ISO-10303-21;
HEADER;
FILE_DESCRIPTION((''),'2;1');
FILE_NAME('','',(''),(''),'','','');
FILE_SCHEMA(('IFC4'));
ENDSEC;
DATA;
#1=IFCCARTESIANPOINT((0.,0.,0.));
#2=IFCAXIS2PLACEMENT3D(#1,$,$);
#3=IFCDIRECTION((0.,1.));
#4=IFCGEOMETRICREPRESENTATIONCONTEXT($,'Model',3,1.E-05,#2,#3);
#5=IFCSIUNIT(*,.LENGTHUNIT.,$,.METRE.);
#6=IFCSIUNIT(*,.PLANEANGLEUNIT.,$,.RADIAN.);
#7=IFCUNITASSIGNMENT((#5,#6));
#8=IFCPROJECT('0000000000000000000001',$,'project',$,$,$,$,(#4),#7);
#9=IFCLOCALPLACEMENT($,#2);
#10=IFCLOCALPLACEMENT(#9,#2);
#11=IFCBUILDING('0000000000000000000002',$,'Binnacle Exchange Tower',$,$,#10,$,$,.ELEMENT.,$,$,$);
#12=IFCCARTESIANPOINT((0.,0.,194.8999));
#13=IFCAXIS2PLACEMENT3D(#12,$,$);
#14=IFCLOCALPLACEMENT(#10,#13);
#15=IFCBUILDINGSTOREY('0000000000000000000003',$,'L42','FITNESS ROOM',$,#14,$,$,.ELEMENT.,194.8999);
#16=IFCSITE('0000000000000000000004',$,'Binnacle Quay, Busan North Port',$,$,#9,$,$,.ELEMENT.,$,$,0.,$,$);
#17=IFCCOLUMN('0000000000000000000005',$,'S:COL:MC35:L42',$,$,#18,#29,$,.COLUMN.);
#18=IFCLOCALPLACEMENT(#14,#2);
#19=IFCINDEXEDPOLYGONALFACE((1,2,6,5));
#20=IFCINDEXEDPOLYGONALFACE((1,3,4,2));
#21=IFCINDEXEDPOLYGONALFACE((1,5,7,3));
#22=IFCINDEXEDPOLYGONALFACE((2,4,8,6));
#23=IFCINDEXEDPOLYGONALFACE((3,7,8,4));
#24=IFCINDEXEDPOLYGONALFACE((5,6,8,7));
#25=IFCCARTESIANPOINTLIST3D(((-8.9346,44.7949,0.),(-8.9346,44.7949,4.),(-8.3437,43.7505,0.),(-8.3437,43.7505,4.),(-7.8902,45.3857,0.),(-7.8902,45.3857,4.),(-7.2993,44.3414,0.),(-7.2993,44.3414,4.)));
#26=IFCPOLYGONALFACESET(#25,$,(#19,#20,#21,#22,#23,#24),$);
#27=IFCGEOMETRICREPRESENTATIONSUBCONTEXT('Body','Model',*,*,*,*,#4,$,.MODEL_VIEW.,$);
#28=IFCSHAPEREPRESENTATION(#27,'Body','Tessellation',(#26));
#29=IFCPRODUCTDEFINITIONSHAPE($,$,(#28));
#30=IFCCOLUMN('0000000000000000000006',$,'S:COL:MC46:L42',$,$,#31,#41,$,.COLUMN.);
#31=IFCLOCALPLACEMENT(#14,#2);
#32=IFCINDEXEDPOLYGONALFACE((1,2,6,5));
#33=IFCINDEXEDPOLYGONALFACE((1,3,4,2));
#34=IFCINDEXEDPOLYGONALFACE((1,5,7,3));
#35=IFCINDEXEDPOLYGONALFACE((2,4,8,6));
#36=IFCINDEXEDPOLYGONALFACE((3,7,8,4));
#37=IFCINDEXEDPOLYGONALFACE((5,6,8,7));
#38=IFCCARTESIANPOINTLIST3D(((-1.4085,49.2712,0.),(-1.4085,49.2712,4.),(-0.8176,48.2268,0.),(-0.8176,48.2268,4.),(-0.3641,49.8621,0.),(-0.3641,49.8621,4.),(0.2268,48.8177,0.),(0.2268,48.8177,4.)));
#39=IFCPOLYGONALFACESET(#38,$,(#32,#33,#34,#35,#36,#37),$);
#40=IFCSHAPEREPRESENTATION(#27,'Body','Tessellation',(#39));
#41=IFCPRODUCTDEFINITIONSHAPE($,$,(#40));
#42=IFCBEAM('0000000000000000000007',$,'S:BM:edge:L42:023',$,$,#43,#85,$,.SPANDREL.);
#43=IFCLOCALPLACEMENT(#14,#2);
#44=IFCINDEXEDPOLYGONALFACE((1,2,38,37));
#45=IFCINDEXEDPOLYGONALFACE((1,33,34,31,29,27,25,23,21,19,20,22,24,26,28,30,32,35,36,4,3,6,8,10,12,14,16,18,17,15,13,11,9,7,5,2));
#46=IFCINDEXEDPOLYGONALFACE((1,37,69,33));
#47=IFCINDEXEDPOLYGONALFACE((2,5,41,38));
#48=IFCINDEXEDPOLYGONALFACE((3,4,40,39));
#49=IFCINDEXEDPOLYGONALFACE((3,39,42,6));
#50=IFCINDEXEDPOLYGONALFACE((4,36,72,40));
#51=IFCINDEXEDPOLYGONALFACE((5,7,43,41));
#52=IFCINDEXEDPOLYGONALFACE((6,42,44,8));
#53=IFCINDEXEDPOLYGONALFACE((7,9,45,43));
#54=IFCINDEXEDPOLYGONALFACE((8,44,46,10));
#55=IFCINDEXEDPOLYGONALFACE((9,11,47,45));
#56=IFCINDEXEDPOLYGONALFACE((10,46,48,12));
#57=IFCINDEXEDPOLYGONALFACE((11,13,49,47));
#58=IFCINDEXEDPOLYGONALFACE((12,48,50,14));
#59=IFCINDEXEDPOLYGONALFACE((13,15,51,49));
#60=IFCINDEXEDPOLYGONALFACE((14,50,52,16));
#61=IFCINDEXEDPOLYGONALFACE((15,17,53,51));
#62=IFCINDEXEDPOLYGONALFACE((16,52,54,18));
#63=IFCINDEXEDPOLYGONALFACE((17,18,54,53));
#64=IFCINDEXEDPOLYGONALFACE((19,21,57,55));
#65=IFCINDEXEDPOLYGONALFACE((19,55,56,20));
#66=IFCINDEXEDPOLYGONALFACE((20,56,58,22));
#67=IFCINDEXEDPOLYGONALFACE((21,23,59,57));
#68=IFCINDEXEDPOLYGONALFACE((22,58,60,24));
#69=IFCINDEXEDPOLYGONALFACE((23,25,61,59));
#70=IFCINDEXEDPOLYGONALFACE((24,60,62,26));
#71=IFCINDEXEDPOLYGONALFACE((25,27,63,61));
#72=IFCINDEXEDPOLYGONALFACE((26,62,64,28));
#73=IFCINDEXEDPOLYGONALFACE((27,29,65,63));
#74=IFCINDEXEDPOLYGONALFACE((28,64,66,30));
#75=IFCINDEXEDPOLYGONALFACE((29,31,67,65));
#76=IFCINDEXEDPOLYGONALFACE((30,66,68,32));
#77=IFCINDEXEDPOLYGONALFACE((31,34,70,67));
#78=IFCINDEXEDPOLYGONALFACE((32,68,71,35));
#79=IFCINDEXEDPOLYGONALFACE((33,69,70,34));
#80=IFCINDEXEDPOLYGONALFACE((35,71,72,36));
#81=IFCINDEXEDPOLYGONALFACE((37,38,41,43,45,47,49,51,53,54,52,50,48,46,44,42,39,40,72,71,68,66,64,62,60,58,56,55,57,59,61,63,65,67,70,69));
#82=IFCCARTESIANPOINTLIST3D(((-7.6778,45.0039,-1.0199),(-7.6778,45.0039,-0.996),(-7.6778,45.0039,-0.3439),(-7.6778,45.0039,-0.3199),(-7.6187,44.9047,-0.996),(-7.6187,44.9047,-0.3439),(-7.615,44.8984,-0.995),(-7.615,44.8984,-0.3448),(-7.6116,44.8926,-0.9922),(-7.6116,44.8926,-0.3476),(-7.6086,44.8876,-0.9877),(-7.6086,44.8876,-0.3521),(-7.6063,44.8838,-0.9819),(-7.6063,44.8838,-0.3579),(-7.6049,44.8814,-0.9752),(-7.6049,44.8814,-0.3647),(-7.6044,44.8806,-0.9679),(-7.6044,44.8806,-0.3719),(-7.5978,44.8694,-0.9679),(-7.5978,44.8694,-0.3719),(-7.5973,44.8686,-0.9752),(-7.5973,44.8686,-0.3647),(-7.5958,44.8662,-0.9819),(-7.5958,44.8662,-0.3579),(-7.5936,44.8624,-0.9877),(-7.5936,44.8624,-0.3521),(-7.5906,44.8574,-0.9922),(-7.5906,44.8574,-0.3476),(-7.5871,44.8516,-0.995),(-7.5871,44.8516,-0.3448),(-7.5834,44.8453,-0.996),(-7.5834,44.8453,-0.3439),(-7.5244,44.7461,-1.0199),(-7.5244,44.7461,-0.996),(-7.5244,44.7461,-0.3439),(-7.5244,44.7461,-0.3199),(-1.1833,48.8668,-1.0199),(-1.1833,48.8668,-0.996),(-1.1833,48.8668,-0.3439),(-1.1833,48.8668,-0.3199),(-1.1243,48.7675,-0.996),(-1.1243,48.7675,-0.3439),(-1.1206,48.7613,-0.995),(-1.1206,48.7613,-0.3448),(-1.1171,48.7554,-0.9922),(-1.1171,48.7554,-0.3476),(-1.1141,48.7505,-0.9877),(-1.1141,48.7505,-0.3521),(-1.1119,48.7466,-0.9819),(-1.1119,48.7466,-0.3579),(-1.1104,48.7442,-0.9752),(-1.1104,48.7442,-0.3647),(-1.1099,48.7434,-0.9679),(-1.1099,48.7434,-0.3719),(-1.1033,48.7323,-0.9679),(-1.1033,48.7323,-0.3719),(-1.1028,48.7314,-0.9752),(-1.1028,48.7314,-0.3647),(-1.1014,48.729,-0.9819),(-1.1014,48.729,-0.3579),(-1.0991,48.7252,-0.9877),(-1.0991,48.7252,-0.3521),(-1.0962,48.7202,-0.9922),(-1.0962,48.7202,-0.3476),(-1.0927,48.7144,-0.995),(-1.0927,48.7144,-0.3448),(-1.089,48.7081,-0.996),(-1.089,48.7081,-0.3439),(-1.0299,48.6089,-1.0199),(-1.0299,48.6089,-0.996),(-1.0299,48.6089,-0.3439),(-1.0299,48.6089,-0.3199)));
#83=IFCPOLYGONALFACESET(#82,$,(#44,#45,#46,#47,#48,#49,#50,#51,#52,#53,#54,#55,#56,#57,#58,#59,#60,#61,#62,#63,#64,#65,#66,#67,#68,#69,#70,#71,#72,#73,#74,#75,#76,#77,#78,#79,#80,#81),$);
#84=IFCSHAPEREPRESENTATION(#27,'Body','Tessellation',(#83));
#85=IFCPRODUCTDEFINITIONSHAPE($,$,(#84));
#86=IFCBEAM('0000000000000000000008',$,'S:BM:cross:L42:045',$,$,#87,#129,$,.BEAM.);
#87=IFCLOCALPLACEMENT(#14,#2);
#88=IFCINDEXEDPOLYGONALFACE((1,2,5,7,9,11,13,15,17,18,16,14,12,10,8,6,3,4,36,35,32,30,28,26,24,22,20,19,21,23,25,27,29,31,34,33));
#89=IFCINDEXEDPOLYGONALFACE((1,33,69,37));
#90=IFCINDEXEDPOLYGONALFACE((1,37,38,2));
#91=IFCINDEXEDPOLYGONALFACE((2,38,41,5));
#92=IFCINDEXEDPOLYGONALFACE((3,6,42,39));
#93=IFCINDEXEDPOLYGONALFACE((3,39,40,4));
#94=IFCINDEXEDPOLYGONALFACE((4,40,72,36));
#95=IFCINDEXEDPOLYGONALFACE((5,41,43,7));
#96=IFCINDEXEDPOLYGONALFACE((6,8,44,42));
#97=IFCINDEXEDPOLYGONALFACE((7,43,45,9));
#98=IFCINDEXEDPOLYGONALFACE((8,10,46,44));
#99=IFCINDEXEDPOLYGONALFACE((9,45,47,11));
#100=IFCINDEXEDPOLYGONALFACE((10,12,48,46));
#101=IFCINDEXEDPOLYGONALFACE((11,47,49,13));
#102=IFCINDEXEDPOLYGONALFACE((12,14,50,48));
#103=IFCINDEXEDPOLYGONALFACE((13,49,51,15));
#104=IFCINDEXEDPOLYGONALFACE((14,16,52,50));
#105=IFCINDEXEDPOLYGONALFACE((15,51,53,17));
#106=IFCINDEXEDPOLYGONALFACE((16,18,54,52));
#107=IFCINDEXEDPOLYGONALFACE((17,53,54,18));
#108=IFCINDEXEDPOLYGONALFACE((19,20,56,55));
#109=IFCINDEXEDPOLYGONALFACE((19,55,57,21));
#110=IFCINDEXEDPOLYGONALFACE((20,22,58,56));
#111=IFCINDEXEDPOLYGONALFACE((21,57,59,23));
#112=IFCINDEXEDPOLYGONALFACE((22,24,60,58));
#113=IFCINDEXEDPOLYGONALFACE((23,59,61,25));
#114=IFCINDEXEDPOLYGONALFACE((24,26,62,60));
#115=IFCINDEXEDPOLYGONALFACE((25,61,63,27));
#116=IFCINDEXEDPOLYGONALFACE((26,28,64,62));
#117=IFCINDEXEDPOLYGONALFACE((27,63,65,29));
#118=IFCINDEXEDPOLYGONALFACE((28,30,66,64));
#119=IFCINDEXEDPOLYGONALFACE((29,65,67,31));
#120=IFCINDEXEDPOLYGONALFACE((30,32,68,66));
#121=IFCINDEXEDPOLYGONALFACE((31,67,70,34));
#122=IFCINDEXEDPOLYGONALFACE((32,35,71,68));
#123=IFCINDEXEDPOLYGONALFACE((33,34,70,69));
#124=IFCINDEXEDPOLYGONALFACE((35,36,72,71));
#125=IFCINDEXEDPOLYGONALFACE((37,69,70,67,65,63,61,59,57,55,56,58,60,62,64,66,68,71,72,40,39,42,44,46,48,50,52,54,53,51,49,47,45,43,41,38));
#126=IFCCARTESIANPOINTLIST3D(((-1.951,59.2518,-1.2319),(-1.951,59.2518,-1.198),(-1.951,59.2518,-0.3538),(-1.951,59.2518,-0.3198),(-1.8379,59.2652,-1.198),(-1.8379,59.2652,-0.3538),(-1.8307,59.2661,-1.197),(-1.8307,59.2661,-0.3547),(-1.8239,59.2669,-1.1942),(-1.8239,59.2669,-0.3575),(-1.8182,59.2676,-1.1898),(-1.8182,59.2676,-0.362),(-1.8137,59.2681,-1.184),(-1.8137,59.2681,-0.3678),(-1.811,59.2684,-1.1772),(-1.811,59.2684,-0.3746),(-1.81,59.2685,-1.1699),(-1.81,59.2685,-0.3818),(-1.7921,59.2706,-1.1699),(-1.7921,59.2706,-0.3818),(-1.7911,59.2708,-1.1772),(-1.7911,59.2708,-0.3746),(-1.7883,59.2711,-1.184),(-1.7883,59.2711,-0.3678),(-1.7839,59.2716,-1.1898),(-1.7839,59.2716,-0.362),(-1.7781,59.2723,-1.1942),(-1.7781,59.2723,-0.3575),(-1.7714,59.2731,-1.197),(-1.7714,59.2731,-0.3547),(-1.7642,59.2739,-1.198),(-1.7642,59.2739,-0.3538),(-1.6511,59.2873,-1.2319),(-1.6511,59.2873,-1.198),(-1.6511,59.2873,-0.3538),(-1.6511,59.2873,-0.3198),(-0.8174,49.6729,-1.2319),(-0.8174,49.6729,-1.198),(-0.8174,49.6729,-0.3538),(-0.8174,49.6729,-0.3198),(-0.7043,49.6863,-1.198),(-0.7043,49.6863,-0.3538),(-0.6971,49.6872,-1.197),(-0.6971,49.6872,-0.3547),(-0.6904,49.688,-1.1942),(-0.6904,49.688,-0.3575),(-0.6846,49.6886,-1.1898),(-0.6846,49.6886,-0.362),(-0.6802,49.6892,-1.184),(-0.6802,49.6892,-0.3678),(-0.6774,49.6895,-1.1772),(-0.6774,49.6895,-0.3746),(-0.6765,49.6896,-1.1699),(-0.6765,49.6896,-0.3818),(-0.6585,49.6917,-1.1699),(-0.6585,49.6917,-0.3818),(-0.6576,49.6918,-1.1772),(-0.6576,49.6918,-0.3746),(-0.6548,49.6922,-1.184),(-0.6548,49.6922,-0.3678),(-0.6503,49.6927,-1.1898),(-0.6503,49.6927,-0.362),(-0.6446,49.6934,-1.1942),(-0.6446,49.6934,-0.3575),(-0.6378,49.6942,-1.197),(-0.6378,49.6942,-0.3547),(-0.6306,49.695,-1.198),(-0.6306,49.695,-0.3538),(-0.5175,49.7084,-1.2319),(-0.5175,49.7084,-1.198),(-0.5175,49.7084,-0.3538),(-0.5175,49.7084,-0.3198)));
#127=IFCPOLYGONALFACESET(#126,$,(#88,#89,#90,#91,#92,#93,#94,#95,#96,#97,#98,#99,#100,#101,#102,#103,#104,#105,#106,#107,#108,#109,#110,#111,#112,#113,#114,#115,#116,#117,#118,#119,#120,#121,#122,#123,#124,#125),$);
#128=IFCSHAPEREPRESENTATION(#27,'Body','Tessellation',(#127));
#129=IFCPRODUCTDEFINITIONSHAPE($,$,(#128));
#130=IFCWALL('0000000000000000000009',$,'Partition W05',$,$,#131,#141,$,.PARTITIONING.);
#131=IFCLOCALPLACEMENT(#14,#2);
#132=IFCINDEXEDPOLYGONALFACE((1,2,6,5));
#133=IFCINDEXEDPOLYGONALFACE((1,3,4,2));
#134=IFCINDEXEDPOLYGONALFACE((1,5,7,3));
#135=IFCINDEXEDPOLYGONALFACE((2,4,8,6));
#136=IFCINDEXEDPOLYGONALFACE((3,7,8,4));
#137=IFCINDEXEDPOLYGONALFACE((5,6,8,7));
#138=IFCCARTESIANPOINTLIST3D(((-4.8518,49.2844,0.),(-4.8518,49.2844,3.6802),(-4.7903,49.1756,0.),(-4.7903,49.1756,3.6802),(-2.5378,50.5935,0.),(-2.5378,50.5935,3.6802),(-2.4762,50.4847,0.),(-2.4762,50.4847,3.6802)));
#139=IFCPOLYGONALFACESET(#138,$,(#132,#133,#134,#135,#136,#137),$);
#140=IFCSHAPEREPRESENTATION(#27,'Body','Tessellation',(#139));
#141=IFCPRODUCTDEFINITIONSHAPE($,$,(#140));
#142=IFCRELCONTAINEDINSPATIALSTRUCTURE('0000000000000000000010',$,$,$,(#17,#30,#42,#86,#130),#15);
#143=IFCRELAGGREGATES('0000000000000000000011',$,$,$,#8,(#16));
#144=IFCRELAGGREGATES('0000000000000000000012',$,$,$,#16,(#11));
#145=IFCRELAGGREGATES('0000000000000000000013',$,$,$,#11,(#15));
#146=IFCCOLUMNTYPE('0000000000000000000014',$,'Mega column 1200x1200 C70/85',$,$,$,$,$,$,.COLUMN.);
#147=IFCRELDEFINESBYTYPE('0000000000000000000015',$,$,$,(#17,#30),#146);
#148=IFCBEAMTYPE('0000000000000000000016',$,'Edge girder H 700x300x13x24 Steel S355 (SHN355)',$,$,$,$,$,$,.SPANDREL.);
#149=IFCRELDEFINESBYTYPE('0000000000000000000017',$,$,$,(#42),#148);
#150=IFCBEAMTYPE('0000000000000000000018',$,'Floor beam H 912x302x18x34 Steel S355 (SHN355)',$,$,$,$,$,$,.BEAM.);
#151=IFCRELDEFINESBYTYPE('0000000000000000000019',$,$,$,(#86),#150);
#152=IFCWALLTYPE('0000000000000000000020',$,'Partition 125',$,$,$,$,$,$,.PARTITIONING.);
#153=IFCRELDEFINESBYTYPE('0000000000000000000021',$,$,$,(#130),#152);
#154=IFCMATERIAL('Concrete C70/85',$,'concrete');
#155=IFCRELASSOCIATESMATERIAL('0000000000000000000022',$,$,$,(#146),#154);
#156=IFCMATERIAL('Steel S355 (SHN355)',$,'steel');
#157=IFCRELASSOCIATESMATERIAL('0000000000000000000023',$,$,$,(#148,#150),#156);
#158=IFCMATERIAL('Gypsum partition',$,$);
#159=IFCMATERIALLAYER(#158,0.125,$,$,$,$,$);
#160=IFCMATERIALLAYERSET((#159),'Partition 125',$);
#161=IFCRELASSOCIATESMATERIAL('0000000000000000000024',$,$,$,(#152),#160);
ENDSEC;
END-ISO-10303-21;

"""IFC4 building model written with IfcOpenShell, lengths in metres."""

from ifc_helpers import new_model, si_unit, direction, frame, frame_2d, origin, origin_2d, place, context, subcontext, project, spatial, rectangle, i_section, extrude, material, layer, layer_set, material_profile, profile_set, type_object, element, save


model = new_model("IFC4")

# Units and contexts
model_context = context("Model", 3, precision=1e-05, world=origin(), true_north=direction((0.0, 1.0)))
body_context = subcontext(model_context, "Body", "Model", "MODEL_VIEW")
ifc_project = project(units=[si_unit("LENGTHUNIT", "METRE"), si_unit("PLANEANGLEUNIT", "RADIAN")], contexts=[model_context])

# Site, building, storey
site_placement = place(None, origin())
site = spatial("IfcSite", under=ifc_project, at=site_placement, Name="Binnacle Quay, Busan North Port", CompositionType="ELEMENT", RefElevation=0.0)
building_placement = place(site_placement, origin())
building = spatial("IfcBuilding", under=site, at=building_placement, Name="Binnacle Exchange Tower", CompositionType="ELEMENT")
storey_placement = place(building_placement, frame((0.0, 0.0, 194.8999)))
storey = spatial("IfcBuildingStorey", under=building, at=storey_placement, Name="L42", Description="FITNESS ROOM", CompositionType="ELEMENT", Elevation=194.8999)

# Columns
ifc_material_1 = material(Name="Concrete C70/85", Category="concrete")
ifc_material_profile_1 = material_profile(ifc_material_1, rectangle(XDim=1.2, YDim=1.2, at=origin_2d()), Name="Mega column 1200x1200 C70/85")
ifc_profile_set_1 = profile_set([ifc_material_profile_1], Name="Concrete C70/85")
column_type = type_object("IfcColumnType", Name="Mega column 1200x1200 C70/85", PredefinedType="COLUMN", material=ifc_profile_set_1)
for number, where, z_axis, x_axis, name in (
    (1, (-8.1169, 44.5681, 0.0), (0.0, 0.0, 1.0), (0.870356, 0.492424, 0.0), "S:COL:MC35:L42"),
    (2, (-0.5908, 49.0444, 0.0), (0.0, 0.0, 1.0), (0.870356, 0.492424, 0.0), "S:COL:MC46:L42"),
):
    element("IfcColumn", number, at=place(storey_placement, frame(where, z_axis=z_axis, x_axis=x_axis)), inside=storey, type_object=column_type, Name=name, PredefinedType="COLUMN", context=body_context, shape_type="SweptSolid", body=[
        extrude(rectangle(XDim=1.2, YDim=1.2, at=origin_2d()), origin(), (0.0, 0.0, 1.0), 4.0),
    ])

# Beams
ifc_material_2 = material(Name="Steel S355 (SHN355)", Category="steel")
ifc_material_profile_2 = material_profile(ifc_material_2, i_section(OverallWidth=0.3, OverallDepth=0.7, WebThickness=0.0129, FlangeThickness=0.0239, FilletRadius=0.0281, at=origin_2d()), Name="H 700x300x13x24")
ifc_profile_set_2 = profile_set([ifc_material_profile_2], Name="Steel S355 (SHN355)")
beam_type_1 = type_object("IfcBeamType", Name="Edge girder H 700x300x13x24 Steel S355 (SHN355)", PredefinedType="SPANDREL", material=ifc_profile_set_2)
beam_1_placement = place(storey_placement, frame((-7.6011, 44.875, -0.6699), z_axis=(0.859462, 0.511199, 0.0), x_axis=(-0.511199, 0.859462, 0.0)))
element("IfcBeam", 3, at=beam_1_placement, inside=storey, type_object=beam_type_1, Name="S:BM:edge:L42:023", PredefinedType="SPANDREL", context=body_context, shape_type="SweptSolid", body=[
    extrude(i_section(OverallWidth=0.3, OverallDepth=0.7, WebThickness=0.0129, FlangeThickness=0.0239, FilletRadius=0.0281, at=origin_2d()), origin(), (0.0, 0.0, 1.0), 7.5564),
])
ifc_material_profile_3 = material_profile(ifc_material_2, i_section(OverallWidth=0.302, OverallDepth=0.9121, WebThickness=0.0181, FlangeThickness=0.0339, FilletRadius=0.0281, at=origin_2d()), Name="H 912x302x18x34")
ifc_profile_set_3 = profile_set([ifc_material_profile_3], Name="Steel S355 (SHN355)")
beam_type_2 = type_object("IfcBeamType", Name="Floor beam H 912x302x18x34 Steel S355 (SHN355)", PredefinedType="BEAM", material=ifc_profile_set_3)
beam_2_placement = place(storey_placement, frame((-0.6675, 49.6907, -0.7759), z_axis=(-0.117518, 0.993071, 0.0), x_axis=(-0.993071, -0.117518, 0.0)))
element("IfcBeam", 4, at=beam_2_placement, inside=storey, type_object=beam_type_2, Name="S:BM:cross:L42:045", PredefinedType="BEAM", context=body_context, shape_type="SweptSolid", body=[
    extrude(i_section(OverallWidth=0.302, OverallDepth=0.9121, WebThickness=0.0181, FlangeThickness=0.0339, FilletRadius=0.0281, at=origin_2d()), origin(), (0.0, 0.0, 1.0), 9.6458),
])

# Wall
ifc_material_3 = material(Name="Gypsum partition")
ifc_layer_1 = layer(ifc_material_3, 0.125)
ifc_layer_set_1 = layer_set([ifc_layer_1], Name="Partition 125")
wall_type_1 = type_object("IfcWallType", Name="Partition 125", PredefinedType="PARTITIONING", material=ifc_layer_set_1)
wall_1_placement = place(storey_placement, frame((-4.821, 49.23, 0.0), z_axis=(0.0, 0.0, 1.0), x_axis=(0.870371, 0.492396, 0.0)))
element("IfcWall", 5, at=wall_1_placement, inside=storey, type_object=wall_type_1, Name="Partition W05", PredefinedType="PARTITIONING", context=body_context, shape_type="SweptSolid", body=[
    extrude(rectangle(XDim=2.6587, YDim=0.125, at=frame_2d((1.3293, 0.0))), origin(), (0.0, 0.0, 1.0), 3.6802),
])

save(model, "model.ifc")
